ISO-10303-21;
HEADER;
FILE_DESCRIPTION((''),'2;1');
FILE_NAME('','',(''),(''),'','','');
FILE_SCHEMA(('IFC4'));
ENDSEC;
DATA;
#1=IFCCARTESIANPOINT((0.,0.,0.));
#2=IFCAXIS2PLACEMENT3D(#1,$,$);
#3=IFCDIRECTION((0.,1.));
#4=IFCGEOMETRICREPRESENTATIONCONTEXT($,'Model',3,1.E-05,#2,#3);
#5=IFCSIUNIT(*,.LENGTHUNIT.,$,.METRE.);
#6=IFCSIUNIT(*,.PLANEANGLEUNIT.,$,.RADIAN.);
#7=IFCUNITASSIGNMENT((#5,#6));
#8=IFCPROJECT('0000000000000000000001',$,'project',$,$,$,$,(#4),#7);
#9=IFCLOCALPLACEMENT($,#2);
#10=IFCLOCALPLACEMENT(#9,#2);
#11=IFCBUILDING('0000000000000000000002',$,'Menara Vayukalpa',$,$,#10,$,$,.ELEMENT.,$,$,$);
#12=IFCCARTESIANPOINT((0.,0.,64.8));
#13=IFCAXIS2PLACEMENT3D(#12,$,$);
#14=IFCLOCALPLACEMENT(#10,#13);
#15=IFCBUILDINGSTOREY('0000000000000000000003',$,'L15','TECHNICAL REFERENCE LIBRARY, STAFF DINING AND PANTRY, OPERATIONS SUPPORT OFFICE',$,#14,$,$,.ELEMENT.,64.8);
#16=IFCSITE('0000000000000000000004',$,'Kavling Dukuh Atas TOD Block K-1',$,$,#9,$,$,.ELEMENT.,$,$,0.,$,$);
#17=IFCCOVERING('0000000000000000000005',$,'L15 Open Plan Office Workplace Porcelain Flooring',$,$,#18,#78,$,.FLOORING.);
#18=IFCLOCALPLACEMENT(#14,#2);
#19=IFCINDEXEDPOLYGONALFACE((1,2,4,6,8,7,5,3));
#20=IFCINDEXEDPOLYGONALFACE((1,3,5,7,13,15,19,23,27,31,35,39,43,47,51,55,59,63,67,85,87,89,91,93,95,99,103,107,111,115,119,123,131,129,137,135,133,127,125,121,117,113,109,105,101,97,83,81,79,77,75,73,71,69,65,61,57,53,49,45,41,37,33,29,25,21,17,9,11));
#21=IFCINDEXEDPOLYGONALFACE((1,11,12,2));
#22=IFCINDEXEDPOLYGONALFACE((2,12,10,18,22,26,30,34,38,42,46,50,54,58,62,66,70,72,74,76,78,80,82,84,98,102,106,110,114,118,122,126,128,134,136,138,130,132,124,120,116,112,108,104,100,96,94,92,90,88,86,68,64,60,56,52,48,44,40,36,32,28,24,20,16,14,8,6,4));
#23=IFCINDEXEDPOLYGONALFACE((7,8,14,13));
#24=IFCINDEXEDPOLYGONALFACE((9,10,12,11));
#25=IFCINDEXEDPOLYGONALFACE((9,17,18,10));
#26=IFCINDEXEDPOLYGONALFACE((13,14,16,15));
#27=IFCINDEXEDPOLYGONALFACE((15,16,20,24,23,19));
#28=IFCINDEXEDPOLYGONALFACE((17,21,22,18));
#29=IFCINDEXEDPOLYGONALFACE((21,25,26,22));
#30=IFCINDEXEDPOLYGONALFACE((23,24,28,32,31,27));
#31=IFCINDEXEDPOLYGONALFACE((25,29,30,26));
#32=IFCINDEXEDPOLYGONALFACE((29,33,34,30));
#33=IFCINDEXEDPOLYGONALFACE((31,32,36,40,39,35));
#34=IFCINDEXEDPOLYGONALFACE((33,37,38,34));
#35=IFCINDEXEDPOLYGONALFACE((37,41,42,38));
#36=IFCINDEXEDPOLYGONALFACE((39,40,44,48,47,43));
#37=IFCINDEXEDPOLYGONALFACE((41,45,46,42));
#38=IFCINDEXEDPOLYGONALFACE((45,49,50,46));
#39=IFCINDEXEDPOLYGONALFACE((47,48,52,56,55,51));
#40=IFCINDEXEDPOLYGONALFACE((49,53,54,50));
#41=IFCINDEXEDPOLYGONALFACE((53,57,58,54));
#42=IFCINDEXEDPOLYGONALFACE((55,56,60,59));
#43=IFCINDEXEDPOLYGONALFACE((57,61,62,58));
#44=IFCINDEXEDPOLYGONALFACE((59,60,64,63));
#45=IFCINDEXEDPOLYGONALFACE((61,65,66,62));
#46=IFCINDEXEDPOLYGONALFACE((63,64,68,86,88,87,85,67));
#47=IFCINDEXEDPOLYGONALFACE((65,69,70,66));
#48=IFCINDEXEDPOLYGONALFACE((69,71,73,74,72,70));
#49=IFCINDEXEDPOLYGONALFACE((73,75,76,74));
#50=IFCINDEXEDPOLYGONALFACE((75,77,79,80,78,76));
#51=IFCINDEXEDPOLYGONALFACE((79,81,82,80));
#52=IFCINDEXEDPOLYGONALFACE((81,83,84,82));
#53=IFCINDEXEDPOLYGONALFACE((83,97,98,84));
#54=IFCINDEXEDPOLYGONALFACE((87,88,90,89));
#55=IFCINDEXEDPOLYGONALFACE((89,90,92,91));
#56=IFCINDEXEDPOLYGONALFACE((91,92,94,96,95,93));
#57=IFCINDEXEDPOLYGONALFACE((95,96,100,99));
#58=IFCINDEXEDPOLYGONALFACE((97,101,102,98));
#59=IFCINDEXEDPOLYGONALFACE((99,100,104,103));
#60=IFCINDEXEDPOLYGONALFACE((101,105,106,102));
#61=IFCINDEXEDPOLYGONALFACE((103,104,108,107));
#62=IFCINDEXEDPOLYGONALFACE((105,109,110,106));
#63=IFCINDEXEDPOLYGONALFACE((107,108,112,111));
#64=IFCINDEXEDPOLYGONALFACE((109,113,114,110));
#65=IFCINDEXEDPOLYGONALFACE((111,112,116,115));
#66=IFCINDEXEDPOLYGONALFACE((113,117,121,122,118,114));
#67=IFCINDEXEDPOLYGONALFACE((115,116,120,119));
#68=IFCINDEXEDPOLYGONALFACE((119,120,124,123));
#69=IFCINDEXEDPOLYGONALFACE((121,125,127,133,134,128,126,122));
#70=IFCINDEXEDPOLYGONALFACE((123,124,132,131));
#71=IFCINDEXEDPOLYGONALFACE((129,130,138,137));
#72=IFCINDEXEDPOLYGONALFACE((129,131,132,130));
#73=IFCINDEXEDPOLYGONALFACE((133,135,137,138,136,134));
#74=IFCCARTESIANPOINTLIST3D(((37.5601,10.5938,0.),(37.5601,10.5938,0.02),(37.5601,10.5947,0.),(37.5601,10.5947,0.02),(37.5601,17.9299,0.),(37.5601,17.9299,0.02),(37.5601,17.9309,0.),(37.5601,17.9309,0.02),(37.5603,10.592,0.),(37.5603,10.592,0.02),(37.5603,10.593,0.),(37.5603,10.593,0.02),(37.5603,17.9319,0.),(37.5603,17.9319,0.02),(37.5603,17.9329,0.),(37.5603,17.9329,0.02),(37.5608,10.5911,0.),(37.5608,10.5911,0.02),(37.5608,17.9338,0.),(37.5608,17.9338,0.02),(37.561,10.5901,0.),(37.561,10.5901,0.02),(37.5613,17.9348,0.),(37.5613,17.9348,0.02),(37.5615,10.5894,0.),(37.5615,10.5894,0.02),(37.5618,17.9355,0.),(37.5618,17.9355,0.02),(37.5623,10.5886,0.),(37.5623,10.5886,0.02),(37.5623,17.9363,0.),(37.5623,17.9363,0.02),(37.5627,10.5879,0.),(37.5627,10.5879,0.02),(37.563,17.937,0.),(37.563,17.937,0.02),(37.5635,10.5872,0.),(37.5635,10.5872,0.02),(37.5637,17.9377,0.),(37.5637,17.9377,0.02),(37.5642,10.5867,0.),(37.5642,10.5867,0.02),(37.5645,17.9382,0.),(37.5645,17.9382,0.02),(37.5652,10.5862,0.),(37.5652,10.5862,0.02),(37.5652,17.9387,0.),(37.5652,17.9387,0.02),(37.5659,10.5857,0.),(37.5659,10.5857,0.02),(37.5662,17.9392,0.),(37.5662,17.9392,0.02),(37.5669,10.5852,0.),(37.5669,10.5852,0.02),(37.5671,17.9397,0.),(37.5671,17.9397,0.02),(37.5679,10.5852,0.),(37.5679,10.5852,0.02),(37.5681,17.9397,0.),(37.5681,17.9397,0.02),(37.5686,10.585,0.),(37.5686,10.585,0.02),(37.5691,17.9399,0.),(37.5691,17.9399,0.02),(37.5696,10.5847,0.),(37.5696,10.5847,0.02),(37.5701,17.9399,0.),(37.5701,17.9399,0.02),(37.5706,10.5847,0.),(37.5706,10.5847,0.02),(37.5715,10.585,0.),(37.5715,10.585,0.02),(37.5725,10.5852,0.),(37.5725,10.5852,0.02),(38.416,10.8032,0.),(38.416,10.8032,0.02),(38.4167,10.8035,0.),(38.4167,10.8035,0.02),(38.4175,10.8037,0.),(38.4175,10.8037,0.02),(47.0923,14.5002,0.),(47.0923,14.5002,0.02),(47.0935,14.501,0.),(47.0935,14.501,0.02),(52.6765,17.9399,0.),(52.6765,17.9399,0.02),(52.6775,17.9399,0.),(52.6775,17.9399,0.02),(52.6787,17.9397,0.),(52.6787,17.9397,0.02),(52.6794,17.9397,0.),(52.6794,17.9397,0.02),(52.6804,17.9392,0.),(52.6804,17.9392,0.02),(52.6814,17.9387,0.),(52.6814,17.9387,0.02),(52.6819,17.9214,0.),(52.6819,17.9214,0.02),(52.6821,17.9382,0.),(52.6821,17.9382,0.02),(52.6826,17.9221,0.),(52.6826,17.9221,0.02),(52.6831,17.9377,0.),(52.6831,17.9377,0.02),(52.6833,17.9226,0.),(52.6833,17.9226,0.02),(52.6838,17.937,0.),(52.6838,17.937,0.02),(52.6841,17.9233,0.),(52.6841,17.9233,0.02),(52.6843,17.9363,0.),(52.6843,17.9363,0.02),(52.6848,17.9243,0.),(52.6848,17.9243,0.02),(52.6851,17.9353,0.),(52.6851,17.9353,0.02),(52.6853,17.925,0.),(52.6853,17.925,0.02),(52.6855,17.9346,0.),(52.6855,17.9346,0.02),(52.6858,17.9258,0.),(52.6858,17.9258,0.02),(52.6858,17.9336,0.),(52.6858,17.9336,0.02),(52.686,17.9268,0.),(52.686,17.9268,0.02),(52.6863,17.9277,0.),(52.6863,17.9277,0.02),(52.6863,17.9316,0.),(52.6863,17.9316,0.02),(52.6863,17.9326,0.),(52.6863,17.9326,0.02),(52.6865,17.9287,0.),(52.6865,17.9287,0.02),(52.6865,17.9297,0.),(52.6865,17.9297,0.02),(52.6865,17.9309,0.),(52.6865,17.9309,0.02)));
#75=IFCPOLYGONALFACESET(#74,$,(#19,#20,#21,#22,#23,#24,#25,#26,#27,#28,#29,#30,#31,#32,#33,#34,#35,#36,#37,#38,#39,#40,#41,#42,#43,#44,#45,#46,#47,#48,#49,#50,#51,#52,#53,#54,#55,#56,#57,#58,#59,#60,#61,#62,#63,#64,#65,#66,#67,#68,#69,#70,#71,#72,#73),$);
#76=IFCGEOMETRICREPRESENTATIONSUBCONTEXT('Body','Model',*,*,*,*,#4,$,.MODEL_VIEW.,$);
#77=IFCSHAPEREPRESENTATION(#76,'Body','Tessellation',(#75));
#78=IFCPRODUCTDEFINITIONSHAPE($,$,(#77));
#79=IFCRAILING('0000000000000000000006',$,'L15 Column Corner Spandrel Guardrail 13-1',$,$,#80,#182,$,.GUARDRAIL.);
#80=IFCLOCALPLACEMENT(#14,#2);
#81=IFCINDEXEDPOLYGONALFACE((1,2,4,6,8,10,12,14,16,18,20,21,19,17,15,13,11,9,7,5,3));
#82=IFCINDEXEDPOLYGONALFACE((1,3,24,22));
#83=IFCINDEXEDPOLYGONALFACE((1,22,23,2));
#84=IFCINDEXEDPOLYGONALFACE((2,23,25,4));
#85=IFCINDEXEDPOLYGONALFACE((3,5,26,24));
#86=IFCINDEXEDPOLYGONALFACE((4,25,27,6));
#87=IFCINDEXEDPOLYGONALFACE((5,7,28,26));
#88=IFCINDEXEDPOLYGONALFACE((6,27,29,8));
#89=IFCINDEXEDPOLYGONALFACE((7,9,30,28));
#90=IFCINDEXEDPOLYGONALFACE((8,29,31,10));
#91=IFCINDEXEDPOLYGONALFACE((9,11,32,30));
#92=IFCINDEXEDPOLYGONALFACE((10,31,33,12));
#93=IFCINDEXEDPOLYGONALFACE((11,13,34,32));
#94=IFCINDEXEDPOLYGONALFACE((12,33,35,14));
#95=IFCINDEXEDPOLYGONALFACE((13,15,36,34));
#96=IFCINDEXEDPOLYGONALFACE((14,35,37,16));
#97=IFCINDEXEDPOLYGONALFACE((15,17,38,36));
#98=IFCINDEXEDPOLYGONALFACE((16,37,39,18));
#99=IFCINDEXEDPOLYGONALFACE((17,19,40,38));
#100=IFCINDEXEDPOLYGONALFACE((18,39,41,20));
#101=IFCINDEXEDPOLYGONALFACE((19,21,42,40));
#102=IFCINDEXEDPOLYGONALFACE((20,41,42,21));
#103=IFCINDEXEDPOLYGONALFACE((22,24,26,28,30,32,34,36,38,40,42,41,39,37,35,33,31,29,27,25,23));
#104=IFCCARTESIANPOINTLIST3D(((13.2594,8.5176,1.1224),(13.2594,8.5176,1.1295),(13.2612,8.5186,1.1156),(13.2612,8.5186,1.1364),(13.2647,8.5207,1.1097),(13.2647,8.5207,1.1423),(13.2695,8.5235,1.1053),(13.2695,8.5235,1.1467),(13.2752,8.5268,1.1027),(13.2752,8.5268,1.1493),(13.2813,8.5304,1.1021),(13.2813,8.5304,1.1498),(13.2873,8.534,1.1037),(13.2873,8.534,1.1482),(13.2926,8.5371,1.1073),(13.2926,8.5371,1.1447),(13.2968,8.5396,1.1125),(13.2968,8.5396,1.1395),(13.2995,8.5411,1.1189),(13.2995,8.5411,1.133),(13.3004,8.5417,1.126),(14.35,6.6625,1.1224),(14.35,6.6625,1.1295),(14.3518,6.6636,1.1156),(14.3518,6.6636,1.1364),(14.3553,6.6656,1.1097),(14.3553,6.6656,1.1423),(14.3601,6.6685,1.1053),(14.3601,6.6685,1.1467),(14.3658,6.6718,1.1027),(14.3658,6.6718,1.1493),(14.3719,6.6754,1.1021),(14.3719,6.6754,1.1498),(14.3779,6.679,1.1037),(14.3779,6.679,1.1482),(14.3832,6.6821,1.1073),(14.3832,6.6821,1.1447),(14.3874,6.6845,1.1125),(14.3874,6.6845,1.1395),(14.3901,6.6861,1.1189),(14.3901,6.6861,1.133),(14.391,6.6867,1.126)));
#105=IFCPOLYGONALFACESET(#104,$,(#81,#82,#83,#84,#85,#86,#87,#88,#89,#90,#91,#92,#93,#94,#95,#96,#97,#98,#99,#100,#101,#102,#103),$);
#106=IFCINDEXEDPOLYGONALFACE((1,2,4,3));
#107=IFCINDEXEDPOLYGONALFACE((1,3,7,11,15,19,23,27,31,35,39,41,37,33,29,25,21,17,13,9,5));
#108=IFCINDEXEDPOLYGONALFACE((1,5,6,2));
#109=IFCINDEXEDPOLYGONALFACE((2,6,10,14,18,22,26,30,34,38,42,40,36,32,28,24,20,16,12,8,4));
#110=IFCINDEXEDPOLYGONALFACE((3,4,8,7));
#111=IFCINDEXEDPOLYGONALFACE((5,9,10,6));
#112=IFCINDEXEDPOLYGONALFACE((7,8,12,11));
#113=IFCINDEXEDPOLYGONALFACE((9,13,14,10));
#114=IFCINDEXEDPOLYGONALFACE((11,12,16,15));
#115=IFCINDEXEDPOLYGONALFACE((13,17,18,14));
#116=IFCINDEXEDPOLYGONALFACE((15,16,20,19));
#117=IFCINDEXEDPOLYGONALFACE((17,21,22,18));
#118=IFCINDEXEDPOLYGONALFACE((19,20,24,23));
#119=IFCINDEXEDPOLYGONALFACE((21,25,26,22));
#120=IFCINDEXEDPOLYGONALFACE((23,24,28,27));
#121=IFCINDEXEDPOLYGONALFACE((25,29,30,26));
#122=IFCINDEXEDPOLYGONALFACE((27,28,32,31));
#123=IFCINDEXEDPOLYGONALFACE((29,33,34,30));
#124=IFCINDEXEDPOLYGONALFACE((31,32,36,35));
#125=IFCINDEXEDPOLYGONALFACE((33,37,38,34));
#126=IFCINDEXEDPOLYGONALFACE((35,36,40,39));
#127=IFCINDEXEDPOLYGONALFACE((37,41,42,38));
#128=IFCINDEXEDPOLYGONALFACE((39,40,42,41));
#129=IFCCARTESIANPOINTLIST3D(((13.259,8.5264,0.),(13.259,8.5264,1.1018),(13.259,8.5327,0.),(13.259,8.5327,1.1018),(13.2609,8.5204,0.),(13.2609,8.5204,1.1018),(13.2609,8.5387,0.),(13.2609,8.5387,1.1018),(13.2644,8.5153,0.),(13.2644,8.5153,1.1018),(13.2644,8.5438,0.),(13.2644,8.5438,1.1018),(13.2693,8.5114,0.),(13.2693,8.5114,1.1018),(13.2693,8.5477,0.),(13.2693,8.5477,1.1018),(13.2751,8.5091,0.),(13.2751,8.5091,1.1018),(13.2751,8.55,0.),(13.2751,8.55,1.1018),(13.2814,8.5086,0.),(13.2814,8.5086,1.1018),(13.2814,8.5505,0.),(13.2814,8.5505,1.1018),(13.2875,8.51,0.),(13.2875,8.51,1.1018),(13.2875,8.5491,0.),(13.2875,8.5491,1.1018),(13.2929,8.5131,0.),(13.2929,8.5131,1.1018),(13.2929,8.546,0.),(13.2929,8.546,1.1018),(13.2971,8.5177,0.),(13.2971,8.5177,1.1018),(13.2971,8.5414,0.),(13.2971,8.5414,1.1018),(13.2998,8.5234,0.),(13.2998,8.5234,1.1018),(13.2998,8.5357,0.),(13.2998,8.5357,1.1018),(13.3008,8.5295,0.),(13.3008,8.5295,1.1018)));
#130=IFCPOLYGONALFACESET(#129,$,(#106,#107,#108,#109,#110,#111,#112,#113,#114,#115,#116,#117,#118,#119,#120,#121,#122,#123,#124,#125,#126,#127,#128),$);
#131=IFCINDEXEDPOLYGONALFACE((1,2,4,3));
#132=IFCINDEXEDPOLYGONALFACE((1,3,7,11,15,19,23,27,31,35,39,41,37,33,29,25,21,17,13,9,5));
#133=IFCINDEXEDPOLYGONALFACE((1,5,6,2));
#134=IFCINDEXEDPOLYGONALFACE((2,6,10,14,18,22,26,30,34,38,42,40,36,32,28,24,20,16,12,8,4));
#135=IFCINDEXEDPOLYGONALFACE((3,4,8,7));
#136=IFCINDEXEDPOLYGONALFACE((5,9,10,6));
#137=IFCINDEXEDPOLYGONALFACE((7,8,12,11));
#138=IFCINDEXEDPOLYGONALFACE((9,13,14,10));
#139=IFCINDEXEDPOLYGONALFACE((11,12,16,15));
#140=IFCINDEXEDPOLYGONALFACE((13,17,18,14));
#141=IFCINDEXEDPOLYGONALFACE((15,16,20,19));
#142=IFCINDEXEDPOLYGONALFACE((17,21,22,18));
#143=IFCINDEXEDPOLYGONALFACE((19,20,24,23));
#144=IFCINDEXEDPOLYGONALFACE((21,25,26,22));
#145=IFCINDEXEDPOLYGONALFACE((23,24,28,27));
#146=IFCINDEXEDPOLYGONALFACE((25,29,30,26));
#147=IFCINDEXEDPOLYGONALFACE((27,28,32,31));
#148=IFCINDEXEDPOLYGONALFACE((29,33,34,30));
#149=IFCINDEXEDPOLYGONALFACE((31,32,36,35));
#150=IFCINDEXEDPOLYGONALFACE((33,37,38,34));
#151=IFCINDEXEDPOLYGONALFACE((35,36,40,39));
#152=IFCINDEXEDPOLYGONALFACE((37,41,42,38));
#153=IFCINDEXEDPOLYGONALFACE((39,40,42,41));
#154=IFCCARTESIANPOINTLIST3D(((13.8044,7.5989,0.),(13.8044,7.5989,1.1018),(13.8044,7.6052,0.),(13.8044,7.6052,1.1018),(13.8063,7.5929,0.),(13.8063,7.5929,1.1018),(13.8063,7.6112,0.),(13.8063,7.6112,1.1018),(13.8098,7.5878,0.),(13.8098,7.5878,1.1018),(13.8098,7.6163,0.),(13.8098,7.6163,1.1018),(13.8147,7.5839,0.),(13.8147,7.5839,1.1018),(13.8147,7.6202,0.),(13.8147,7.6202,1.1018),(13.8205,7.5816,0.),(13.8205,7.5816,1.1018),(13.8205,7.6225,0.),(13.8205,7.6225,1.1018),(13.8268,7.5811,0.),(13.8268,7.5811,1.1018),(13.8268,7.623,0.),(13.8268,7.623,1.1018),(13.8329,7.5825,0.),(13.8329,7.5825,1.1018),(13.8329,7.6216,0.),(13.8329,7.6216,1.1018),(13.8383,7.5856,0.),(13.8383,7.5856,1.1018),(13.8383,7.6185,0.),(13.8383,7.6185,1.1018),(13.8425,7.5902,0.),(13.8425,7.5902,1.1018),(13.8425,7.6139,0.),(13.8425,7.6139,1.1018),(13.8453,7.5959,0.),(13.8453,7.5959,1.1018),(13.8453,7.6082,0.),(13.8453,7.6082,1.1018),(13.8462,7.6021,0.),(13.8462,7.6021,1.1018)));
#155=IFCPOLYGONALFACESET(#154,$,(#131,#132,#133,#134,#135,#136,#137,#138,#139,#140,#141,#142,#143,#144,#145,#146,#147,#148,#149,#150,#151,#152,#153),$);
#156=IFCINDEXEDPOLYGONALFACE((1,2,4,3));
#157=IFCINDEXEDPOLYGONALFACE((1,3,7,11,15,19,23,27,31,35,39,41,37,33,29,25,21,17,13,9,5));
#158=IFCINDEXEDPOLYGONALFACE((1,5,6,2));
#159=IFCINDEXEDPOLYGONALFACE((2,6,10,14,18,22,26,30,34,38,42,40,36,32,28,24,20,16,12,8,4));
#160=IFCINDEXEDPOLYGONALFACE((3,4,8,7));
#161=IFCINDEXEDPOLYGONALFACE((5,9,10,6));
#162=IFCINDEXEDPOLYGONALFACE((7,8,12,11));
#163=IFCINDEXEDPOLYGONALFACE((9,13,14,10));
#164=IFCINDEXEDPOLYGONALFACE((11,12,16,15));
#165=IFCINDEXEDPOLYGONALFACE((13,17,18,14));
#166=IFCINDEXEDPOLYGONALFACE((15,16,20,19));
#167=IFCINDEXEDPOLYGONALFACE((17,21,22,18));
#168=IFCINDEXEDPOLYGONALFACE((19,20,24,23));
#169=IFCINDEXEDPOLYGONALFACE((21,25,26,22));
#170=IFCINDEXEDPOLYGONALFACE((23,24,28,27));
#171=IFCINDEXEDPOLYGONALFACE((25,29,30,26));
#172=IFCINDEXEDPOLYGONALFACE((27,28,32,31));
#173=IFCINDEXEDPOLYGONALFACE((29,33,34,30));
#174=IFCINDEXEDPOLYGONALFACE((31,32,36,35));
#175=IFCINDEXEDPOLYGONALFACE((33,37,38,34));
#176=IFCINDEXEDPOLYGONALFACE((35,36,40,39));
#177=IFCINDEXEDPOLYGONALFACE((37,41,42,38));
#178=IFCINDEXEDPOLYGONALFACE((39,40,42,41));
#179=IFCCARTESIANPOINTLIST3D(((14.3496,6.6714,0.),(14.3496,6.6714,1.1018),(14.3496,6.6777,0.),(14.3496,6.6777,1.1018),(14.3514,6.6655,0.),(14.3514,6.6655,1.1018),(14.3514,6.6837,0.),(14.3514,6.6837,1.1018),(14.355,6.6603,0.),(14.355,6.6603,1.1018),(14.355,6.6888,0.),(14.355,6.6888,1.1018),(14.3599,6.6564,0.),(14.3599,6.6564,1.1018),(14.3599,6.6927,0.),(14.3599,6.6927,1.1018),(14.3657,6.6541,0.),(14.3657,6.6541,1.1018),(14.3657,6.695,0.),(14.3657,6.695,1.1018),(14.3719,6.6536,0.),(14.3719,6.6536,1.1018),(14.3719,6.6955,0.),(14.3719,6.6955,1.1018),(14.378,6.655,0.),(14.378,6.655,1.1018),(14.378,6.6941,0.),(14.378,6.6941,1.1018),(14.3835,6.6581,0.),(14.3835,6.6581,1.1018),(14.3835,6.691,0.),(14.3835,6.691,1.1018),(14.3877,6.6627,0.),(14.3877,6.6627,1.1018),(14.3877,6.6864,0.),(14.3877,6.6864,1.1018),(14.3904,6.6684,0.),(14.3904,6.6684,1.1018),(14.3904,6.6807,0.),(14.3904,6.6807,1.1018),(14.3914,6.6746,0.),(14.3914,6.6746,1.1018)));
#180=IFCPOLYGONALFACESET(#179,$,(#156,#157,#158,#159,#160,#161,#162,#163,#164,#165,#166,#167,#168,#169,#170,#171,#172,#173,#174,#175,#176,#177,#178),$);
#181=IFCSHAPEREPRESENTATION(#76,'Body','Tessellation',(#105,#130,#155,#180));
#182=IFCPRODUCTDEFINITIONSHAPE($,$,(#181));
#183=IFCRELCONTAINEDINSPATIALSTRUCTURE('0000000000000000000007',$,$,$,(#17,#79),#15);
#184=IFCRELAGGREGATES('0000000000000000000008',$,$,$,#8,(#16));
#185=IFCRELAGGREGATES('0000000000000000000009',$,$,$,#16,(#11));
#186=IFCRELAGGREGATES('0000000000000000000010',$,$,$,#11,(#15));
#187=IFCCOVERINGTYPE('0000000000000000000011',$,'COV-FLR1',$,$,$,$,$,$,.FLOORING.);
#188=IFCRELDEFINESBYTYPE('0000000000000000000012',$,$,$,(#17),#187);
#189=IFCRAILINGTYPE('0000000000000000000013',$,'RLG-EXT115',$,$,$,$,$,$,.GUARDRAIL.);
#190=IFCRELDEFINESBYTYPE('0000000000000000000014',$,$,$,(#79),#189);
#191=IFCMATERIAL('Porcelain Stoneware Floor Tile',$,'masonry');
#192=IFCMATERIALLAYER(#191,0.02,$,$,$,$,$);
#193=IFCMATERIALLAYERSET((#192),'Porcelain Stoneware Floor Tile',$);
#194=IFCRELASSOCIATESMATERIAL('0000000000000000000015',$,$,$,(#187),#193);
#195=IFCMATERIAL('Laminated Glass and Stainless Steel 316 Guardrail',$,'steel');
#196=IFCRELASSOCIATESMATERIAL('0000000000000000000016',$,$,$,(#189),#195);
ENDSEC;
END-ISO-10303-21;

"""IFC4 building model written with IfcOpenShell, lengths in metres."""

from ifc_helpers import new_model, si_unit, direction, frame, origin, origin_2d, place, context, subcontext, project, spatial, polyline, circle, outline, extrude, material, layer, layer_set, type_object, element, save


model = new_model("IFC4")

# Units and contexts
model_context = context("Model", 3, precision=1e-05, world=origin(), true_north=direction((0.0, 1.0)))
body_context = subcontext(model_context, "Body", "Model", "MODEL_VIEW")
ifc_project = project(units=[si_unit("LENGTHUNIT", "METRE"), si_unit("PLANEANGLEUNIT", "RADIAN")], contexts=[model_context])

# Site, building, storey
site_placement = place(None, origin())
site = spatial("IfcSite", under=ifc_project, at=site_placement, Name="Kavling Dukuh Atas TOD Block K-1", CompositionType="ELEMENT", RefElevation=0.0)
building_placement = place(site_placement, origin())
building = spatial("IfcBuilding", under=site, at=building_placement, Name="Menara Vayukalpa", CompositionType="ELEMENT")
storey_placement = place(building_placement, frame((0.0, 0.0, 64.8)))
storey = spatial("IfcBuildingStorey", under=building, at=storey_placement, Name="L15", Description="TECHNICAL REFERENCE LIBRARY, STAFF DINING AND PANTRY, OPERATIONS SUPPORT OFFICE", CompositionType="ELEMENT", Elevation=64.8)

# Covering
ifc_material_1 = material(Name="Porcelain Stoneware Floor Tile", Category="masonry")
ifc_layer_1 = layer(ifc_material_1, 0.02)
ifc_layer_set_1 = layer_set([ifc_layer_1], Name="Porcelain Stoneware Floor Tile")
covering_type_1 = type_object("IfcCoveringType", Name="COV-FLR1", PredefinedType="FLOORING", material=ifc_layer_set_1)
covering_1_placement = place(storey_placement, origin())
element("IfcCovering", 1, at=covering_1_placement, inside=storey, type_object=covering_type_1, Name="L15 Open Plan Office Workplace Porcelain Flooring", PredefinedType="FLOORING", context=body_context, shape_type="SweptSolid", body=[
    extrude(outline(polyline([(38.4167, 10.8035), (38.416, 10.8032), (37.5725, 10.5852), (37.5715, 10.585), (37.5706, 10.5847), (37.5696, 10.5847), (37.5686, 10.585), (37.5679, 10.5852), (37.5669, 10.5852), (37.5659, 10.5857), (37.5652, 10.5862), (37.5642, 10.5867), (37.5635, 10.5872), (37.5627, 10.5879), (37.5623, 10.5886), (37.5615, 10.5894), (37.561, 10.5901), (37.5608, 10.5911), (37.5603, 10.592), (37.5603, 10.593), (37.5601, 10.5938), (37.5601, 10.5947), (37.5601, 17.9299), (37.5601, 17.9309), (37.5603, 17.9319), (37.5603, 17.9329), (37.5608, 17.9338), (37.5613, 17.9348), (37.5618, 17.9355), (37.5623, 17.9363), (37.563, 17.937), (37.5637, 17.9377), (37.5645, 17.9382), (37.5652, 17.9387), (37.5662, 17.9392), (37.5671, 17.9397), (37.5681, 17.9397), (37.5691, 17.9399), (37.5701, 17.9399), (52.6765, 17.9399), (52.6775, 17.9399), (52.6787, 17.9397), (52.6794, 17.9397), (52.6804, 17.9392), (52.6814, 17.9387), (52.6821, 17.9382), (52.6831, 17.9377), (52.6838, 17.937), (52.6843, 17.9363), (52.6851, 17.9353), (52.6855, 17.9346), (52.6858, 17.9336), (52.6863, 17.9326), (52.6863, 17.9316), (52.6865, 17.9309), (52.6865, 17.9297), (52.6865, 17.9287), (52.6863, 17.9277), (52.686, 17.9268), (52.6858, 17.9258), (52.6853, 17.925), (52.6848, 17.9243), (52.6841, 17.9233), (52.6833, 17.9226), (52.6826, 17.9221), (52.6819, 17.9214), (47.0935, 14.501), (47.0923, 14.5002), (38.4175, 10.8037), (38.4167, 10.8035)])), origin(), (0.0, 0.0, 1.0), 0.02),
])

# Railing
ifc_material_2 = material(Name="Laminated Glass and Stainless Steel 316 Guardrail", Category="steel")
railing_type = type_object("IfcRailingType", Name="RLG-EXT115", PredefinedType="GUARDRAIL", material=ifc_material_2)
railing_1_placement = place(storey_placement, frame((13.2798, 8.5295, 0.0)))
element("IfcRailing", 2, at=railing_1_placement, inside=storey, type_object=railing_type, Name="L15 Column Corner Spandrel Guardrail 13-1", PredefinedType="GUARDRAIL", context=body_context, shape_type="SweptSolid", body=[
    extrude(circle(Radius=0.0239, at=origin_2d()), frame((0.0, 0.0, 1.126), z_axis=(0.506817, -0.862054, 0.0), x_axis=(0.862054, 0.506817, 0.0)), (0.0, 0.0, 1.0), 2.1519),
    extrude(circle(Radius=0.021, at=origin_2d()), origin(), (0.0, 0.0, 1.0), 1.1018),
    extrude(circle(Radius=0.021, at=origin_2d()), frame((0.5454, -0.9275, 0.0)), (0.0, 0.0, 1.0), 1.1018),
    extrude(circle(Radius=0.021, at=origin_2d()), frame((1.0906, -1.855, 0.0)), (0.0, 0.0, 1.0), 1.1018),
])

save(model, "model.ifc")
